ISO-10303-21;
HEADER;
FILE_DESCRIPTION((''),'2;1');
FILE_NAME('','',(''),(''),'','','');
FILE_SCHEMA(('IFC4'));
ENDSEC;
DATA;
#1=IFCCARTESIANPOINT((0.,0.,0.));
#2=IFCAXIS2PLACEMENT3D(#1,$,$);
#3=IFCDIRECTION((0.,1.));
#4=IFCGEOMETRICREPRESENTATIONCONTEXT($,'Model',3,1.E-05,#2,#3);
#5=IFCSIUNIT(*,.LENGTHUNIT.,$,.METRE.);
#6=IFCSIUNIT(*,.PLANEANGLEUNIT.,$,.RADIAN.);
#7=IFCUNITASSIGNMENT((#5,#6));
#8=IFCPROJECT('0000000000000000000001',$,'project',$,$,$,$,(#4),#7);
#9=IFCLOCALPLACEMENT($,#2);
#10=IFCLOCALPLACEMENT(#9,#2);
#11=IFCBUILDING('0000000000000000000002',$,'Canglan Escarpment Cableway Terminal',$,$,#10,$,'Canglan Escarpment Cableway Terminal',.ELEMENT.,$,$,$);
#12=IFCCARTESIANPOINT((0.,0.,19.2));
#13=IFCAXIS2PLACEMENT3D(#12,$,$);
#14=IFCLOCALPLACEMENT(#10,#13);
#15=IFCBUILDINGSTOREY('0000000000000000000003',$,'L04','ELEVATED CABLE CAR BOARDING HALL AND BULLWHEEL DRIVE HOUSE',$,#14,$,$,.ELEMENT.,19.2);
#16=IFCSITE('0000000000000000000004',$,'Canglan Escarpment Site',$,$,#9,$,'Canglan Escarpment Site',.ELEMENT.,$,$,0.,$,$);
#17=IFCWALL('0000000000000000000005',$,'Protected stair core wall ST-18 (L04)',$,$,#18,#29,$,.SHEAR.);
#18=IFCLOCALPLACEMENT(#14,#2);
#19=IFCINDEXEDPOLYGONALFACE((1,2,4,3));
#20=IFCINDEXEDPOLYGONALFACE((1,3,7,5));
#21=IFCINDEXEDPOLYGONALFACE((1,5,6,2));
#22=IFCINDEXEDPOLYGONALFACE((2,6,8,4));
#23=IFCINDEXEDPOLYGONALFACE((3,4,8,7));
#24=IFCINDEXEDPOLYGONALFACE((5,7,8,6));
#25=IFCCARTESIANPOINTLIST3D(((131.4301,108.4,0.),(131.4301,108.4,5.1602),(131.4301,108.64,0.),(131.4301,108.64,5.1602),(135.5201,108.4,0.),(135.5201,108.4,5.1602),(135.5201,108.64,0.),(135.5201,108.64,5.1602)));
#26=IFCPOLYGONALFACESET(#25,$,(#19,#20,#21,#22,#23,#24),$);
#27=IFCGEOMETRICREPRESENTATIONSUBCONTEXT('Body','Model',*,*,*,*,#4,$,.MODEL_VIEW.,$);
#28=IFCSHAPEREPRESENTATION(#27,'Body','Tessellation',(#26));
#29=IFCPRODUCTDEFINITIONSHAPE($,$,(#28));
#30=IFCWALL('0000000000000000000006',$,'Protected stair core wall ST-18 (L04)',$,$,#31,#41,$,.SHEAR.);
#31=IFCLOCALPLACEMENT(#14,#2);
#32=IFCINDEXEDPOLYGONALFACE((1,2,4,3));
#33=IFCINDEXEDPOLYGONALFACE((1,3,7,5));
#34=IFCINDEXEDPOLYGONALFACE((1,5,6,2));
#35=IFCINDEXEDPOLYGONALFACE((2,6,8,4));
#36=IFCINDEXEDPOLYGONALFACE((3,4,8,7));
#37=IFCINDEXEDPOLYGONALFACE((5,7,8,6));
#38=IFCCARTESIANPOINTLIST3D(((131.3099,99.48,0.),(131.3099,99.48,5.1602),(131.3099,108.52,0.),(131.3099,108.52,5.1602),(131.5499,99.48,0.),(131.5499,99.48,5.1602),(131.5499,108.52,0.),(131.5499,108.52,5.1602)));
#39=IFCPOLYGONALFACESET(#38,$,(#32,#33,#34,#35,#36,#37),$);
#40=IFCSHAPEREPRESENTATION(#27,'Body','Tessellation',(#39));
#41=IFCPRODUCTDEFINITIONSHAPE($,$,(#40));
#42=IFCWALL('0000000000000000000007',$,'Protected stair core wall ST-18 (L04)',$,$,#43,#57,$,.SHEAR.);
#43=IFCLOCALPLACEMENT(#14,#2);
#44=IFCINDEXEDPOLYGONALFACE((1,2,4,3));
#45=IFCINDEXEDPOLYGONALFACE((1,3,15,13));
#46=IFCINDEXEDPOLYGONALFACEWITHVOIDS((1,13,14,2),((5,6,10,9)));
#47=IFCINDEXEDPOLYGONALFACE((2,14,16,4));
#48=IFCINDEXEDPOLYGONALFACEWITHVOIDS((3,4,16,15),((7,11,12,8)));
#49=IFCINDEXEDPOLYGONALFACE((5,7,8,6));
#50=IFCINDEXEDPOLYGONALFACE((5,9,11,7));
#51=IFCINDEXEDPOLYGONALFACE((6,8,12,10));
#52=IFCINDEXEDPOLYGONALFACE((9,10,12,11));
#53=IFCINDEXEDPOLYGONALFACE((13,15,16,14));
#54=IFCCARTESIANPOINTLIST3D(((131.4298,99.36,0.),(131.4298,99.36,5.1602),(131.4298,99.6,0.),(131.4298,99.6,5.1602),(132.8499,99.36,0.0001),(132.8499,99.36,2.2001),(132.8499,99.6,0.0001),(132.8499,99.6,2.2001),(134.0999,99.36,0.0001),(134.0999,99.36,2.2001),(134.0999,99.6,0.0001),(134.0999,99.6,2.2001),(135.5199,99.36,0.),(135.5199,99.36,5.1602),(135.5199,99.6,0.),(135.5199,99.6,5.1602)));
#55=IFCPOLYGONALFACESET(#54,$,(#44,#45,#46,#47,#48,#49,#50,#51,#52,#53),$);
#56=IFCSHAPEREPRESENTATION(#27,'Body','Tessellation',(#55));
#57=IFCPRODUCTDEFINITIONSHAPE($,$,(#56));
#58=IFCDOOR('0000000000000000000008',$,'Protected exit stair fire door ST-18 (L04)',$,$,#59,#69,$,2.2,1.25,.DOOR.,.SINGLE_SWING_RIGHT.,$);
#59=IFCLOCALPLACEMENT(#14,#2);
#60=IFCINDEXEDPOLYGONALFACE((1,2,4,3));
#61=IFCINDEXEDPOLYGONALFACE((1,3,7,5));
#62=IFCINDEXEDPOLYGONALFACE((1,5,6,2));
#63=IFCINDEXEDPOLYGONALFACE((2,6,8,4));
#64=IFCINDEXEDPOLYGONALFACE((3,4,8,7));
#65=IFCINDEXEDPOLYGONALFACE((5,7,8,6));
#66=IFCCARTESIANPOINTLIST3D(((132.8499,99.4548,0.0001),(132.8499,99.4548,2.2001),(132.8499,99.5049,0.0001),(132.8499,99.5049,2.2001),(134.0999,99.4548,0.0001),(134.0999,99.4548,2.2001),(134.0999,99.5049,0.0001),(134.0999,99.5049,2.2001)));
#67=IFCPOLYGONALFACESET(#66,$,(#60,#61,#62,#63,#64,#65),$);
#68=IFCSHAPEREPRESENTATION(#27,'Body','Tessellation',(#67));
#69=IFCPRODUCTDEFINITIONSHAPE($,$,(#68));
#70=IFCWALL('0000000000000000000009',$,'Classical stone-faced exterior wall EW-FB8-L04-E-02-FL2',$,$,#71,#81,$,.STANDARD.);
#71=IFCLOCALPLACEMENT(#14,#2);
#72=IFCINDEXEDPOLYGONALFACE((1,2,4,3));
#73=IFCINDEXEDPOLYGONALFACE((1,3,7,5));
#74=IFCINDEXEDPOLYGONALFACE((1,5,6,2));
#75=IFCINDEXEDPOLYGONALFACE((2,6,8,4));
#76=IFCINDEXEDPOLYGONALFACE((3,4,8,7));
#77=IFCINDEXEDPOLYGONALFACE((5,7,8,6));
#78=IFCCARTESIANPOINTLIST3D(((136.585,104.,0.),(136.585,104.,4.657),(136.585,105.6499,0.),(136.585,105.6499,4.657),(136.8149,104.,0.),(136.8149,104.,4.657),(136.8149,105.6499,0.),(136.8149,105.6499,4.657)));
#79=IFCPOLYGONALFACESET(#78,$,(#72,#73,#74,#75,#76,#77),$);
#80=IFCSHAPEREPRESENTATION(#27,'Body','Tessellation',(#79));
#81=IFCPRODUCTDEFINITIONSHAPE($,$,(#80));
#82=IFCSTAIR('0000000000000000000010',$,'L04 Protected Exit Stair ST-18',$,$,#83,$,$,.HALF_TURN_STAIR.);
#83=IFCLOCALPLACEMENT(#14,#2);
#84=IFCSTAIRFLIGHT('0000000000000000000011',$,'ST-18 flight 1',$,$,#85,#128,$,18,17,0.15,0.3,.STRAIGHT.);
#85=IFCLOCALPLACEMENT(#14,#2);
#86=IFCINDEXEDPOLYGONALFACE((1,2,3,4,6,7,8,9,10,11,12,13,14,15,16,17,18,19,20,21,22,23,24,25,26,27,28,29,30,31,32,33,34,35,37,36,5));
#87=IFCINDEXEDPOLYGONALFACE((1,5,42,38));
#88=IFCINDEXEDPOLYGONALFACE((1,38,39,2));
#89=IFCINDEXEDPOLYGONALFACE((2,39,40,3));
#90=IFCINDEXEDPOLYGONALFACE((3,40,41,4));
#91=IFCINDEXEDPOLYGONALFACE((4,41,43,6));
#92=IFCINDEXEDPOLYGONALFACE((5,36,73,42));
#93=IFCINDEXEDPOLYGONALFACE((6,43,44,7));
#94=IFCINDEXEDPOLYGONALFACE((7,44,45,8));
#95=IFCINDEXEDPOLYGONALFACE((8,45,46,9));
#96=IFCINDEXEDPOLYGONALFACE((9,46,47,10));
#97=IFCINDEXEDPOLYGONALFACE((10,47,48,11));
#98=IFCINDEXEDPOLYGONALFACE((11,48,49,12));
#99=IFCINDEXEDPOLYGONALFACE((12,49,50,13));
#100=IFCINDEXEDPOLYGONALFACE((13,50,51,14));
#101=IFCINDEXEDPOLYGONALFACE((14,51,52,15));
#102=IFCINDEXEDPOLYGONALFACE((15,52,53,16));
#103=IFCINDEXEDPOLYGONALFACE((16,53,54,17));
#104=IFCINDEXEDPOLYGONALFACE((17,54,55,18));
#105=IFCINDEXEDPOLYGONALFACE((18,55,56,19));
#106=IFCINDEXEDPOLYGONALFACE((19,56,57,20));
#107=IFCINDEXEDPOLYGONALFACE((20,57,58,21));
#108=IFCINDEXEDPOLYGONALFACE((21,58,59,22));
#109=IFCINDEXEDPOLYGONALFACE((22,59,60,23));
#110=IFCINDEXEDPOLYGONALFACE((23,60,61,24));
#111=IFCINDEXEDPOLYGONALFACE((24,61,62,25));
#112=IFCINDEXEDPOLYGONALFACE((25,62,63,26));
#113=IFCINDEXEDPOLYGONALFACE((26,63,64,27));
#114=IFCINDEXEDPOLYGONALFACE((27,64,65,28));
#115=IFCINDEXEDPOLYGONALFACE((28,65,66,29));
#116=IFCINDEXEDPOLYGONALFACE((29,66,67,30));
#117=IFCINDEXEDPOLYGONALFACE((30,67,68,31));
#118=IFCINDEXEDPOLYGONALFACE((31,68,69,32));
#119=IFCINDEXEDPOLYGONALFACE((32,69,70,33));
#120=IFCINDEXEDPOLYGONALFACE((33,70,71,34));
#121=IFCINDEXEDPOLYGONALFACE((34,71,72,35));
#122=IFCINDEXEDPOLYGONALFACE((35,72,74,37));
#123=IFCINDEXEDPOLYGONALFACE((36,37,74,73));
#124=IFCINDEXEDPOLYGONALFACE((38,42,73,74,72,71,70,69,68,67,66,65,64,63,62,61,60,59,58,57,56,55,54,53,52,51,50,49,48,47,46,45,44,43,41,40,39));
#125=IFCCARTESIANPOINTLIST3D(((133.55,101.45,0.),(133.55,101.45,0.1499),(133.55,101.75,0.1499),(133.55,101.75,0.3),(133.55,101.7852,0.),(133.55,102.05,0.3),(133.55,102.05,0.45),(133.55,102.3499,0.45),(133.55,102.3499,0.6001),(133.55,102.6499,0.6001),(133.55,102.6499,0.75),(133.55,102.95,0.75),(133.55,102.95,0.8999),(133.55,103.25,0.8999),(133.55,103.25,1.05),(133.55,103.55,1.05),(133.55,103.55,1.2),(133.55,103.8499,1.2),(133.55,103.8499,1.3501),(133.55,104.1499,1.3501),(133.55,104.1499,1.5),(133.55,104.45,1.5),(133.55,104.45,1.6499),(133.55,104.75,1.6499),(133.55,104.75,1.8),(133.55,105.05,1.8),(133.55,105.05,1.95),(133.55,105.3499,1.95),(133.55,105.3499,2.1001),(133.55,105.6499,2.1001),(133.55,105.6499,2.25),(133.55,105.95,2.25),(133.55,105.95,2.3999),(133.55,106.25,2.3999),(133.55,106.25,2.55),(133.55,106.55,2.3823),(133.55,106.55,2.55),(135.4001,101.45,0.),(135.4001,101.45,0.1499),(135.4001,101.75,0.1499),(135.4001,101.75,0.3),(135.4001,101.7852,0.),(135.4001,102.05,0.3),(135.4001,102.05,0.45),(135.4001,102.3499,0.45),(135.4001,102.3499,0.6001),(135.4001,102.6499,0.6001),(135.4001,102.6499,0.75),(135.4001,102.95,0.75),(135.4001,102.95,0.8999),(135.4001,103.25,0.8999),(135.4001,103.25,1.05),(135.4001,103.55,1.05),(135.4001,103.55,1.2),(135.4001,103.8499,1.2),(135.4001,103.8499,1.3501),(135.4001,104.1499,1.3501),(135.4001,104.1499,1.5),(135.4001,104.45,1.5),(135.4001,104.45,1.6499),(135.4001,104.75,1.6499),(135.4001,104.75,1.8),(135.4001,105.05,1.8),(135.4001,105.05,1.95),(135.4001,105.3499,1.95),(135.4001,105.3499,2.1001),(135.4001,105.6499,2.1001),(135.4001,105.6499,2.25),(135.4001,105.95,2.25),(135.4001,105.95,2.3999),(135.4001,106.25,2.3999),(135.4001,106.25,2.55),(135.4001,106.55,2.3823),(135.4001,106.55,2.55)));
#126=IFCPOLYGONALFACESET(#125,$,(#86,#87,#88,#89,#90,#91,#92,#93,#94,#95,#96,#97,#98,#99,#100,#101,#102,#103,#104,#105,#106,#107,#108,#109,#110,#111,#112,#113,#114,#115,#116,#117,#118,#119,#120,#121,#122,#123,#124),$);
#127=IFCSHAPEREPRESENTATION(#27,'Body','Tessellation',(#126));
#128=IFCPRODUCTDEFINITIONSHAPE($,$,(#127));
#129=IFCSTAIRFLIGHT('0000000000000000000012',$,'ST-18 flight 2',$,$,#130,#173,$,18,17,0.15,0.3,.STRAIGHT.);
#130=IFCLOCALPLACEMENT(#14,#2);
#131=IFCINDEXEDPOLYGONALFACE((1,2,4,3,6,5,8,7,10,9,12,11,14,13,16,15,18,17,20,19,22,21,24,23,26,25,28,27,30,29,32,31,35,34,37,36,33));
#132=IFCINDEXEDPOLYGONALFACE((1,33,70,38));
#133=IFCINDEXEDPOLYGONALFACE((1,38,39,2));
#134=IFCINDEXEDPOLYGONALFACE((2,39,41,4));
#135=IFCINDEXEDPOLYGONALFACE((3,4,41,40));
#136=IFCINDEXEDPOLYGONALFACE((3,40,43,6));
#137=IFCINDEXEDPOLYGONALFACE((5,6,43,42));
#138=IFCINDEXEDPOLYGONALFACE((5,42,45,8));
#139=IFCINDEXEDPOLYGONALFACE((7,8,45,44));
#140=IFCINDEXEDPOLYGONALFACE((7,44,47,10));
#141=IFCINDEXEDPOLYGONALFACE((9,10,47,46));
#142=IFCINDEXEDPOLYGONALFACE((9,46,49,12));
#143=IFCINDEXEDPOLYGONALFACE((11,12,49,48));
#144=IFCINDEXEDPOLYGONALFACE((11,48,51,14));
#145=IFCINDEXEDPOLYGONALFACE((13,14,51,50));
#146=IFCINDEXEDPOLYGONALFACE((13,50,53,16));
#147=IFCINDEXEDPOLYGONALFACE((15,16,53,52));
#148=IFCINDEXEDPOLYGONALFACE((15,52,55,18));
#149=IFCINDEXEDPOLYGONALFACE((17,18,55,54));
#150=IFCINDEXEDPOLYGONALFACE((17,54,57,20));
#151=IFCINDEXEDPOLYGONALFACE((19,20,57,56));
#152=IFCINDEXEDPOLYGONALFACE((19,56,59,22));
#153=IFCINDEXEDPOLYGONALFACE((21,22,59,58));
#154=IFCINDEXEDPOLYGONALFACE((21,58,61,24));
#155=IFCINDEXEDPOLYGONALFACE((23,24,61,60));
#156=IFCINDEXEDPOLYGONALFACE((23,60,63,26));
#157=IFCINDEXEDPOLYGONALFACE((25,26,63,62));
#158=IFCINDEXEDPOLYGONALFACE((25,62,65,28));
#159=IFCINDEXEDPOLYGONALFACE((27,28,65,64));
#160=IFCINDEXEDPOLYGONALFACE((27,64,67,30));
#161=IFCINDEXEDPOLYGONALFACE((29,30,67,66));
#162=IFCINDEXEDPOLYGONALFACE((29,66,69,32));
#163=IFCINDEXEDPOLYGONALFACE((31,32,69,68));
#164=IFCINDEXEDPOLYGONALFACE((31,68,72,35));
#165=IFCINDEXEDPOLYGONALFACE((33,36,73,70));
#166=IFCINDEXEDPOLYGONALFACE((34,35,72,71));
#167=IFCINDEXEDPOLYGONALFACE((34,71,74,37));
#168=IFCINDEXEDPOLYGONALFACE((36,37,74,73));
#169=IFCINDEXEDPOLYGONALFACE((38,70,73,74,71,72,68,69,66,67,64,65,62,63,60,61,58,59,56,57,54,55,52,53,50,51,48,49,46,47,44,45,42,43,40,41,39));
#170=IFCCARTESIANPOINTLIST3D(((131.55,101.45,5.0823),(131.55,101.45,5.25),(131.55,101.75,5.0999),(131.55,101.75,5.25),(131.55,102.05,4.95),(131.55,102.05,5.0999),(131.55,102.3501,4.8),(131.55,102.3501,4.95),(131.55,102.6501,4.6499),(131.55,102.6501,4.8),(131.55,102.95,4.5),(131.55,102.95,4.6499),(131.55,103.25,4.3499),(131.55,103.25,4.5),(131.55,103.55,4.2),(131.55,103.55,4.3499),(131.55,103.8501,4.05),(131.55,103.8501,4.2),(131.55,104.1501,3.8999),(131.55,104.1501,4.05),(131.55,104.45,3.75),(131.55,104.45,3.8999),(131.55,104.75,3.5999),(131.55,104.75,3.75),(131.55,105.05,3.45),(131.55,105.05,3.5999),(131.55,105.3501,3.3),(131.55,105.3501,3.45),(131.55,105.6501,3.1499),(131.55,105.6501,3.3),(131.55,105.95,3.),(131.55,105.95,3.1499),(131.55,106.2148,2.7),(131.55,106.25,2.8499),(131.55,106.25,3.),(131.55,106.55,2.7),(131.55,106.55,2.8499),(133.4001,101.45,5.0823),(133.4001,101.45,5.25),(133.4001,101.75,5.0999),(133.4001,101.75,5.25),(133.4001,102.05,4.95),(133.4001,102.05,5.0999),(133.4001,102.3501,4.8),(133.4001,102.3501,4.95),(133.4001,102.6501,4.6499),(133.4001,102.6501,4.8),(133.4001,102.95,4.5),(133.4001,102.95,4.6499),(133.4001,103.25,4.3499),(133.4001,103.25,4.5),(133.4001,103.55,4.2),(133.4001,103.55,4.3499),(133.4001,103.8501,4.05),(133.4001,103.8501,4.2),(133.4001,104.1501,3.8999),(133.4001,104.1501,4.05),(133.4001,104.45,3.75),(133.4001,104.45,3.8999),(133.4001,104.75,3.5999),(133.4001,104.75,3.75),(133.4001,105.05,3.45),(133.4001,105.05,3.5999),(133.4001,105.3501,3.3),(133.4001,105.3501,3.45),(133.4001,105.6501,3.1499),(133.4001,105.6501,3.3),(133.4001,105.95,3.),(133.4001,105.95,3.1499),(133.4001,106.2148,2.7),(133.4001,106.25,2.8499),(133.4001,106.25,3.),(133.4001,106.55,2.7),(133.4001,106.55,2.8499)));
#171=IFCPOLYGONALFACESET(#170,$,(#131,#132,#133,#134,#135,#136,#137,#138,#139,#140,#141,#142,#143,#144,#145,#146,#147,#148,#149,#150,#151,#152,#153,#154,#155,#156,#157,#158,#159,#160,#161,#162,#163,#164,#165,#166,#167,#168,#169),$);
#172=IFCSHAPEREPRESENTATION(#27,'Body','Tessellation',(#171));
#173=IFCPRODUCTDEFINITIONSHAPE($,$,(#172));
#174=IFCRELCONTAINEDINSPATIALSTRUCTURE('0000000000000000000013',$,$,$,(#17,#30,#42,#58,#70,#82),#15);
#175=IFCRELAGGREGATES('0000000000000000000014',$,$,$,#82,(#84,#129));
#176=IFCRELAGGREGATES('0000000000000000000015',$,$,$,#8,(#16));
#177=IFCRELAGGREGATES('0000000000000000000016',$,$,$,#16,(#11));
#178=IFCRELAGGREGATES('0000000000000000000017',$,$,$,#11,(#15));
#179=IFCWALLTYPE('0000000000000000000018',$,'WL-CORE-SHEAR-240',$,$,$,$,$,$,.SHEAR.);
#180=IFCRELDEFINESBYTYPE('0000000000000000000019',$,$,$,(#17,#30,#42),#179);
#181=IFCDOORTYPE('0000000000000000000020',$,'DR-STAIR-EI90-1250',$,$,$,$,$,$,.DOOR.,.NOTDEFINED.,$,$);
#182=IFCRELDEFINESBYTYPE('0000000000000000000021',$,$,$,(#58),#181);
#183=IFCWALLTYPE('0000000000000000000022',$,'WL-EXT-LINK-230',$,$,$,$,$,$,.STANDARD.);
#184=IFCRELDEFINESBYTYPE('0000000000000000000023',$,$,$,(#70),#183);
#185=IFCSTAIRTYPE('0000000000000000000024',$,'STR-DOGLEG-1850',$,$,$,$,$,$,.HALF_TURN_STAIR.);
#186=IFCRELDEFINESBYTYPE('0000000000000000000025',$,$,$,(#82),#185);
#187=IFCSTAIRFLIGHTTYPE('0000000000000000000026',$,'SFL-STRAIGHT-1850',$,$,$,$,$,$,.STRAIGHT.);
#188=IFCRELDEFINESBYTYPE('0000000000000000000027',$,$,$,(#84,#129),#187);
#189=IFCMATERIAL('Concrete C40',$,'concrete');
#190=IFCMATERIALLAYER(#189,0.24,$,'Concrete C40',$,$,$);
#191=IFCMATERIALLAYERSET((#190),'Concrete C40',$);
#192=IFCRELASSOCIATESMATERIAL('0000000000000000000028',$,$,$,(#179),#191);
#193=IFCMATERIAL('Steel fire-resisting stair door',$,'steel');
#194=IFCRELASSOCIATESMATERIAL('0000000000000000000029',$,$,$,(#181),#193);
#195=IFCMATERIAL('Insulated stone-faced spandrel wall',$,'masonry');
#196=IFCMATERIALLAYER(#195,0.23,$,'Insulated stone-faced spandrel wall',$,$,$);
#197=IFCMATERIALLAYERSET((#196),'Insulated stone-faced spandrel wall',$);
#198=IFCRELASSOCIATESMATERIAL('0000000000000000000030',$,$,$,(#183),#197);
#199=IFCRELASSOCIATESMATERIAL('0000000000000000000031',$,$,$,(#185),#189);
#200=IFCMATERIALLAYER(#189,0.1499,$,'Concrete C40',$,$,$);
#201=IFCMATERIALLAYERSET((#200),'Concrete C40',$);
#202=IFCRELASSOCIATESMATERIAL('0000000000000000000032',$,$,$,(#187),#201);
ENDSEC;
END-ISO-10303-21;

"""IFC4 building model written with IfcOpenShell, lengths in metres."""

from ifc_helpers import new_model, si_unit, direction, frame, frame_2d, origin, place, context, subcontext, project, spatial, polyline, rectangle, outline, extrude, material, layer, layer_set, type_object, element, fill, aggregate, save


model = new_model("IFC4")

# Units and contexts
model_context = context("Model", 3, precision=1e-05, world=origin(), true_north=direction((0.0, 1.0)))
body_context = subcontext(model_context, "Body", "Model", "MODEL_VIEW")
ifc_project = project(units=[si_unit("LENGTHUNIT", "METRE"), si_unit("PLANEANGLEUNIT", "RADIAN")], contexts=[model_context])

# Site, building, storey
site_placement = place(None, origin())
site = spatial("IfcSite", under=ifc_project, at=site_placement, Name="Canglan Escarpment Site", LongName="Canglan Escarpment Site", CompositionType="ELEMENT", RefElevation=0.0)
building_placement = place(site_placement, origin())
building = spatial("IfcBuilding", under=site, at=building_placement, Name="Canglan Escarpment Cableway Terminal", LongName="Canglan Escarpment Cableway Terminal", CompositionType="ELEMENT")
storey_placement = place(building_placement, frame((0.0, 0.0, 19.2)))
storey = spatial("IfcBuildingStorey", under=building, at=storey_placement, Name="L04", Description="ELEVATED CABLE CAR BOARDING HALL AND BULLWHEEL DRIVE HOUSE", CompositionType="ELEMENT", Elevation=19.2)

# Shared definitions
ifc_material_1 = material(Name="Concrete C40", Category="concrete")

# Walls
ifc_layer_1 = layer(ifc_material_1, 0.24, Name="Concrete C40")
ifc_layer_set_1 = layer_set([ifc_layer_1], Name="Concrete C40")
wall_type_1 = type_object("IfcWallType", Name="WL-CORE-SHEAR-240", PredefinedType="SHEAR", material=ifc_layer_set_1)
wall_1_placement = place(storey_placement, frame((135.52, 108.52, 0.0), z_axis=(0.0, 0.0, 1.0), x_axis=(-1.0, 0.0, 0.0)))
element("IfcWall", 1, at=wall_1_placement, inside=storey, type_object=wall_type_1, Name="Protected stair core wall ST-18 (L04)", PredefinedType="SHEAR", context=body_context, shape_type="SweptSolid", body=[
    extrude(rectangle(XDim=4.0901, YDim=0.24, at=frame_2d((2.0449, 0.0))), origin(), (0.0, 0.0, 1.0), 5.1602),
])
wall_2_placement = place(storey_placement, frame((131.4299, 108.52, 0.0), z_axis=(0.0, 0.0, 1.0), x_axis=(0.0, -1.0, 0.0)))
element("IfcWall", 2, at=wall_2_placement, inside=storey, type_object=wall_type_1, Name="Protected stair core wall ST-18 (L04)", PredefinedType="SHEAR", context=body_context, shape_type="SweptSolid", body=[
    extrude(rectangle(XDim=9.04, YDim=0.24, at=frame_2d((4.52, 0.0))), origin(), (0.0, 0.0, 1.0), 5.1602),
])

# Wall, opening, door
wall_3_placement = place(storey_placement, frame((131.4299, 99.48, 0.0), z_axis=(0.0, 0.0, 1.0), x_axis=(1.0, 0.0, 0.0)))
wall_3 = element("IfcWall", 3, at=wall_3_placement, inside=storey, type_object=wall_type_1, Name="Protected stair core wall ST-18 (L04)", PredefinedType="SHEAR", context=body_context, shape_type="SweptSolid", body=[
    extrude(rectangle(XDim=4.0901, YDim=0.24, at=frame_2d((2.0449, 0.0))), origin(), (0.0, 0.0, 1.0), 5.1602),
])
opening_placement = place(wall_3_placement, frame((1.4199, 0.0, 0.0)))
opening = element("IfcOpeningElement", 4, at=opening_placement, cuts=wall_3, PredefinedType="OPENING", context=body_context, shape_type="SweptSolid", body=[
    extrude(rectangle(XDim=1.25, YDim=2.2, at=frame_2d((0.625, 1.1001))), frame((0.0, 0.1299, 0.0), z_axis=(0.0, -1.0, 0.0), x_axis=(1.0, 0.0, 0.0)), (0.0, 0.0, 1.0), 0.26),
])
ifc_material_2 = material(Name="Steel fire-resisting stair door", Category="steel")
door_type = type_object("IfcDoorType", Name="DR-STAIR-EI90-1250", OperationType="NOTDEFINED", PredefinedType="DOOR", material=ifc_material_2)
door_placement = place(opening_placement, origin())
door = element("IfcDoor", 5, at=door_placement, inside=storey, type_object=door_type, Name="Protected exit stair fire door ST-18 (L04)", OperationType="SINGLE_SWING_RIGHT", OverallHeight=2.2, OverallWidth=1.25, PredefinedType="DOOR", context=body_context, shape_type="SweptSolid", body=[
    extrude(rectangle(XDim=1.25, YDim=2.2, at=frame_2d((0.625, 1.1001))), frame((0.0, 0.0249, 0.0), z_axis=(0.0, -1.0, 0.0), x_axis=(1.0, 0.0, 0.0)), (0.0, 0.0, 1.0), 0.05),
])
fill(opening, door)

# Wall
ifc_material_3 = material(Name="Insulated stone-faced spandrel wall", Category="masonry")
ifc_layer_2 = layer(ifc_material_3, 0.23, Name="Insulated stone-faced spandrel wall")
ifc_layer_set_2 = layer_set([ifc_layer_2], Name="Insulated stone-faced spandrel wall")
wall_type_2 = type_object("IfcWallType", Name="WL-EXT-LINK-230", PredefinedType="STANDARD", material=ifc_layer_set_2)
wall_4_placement = place(storey_placement, frame((136.7, 104.0, 0.0), z_axis=(0.0, 0.0, 1.0), x_axis=(0.0, 1.0, 0.0)))
element("IfcWall", 6, at=wall_4_placement, inside=storey, type_object=wall_type_2, Name="Classical stone-faced exterior wall EW-FB8-L04-E-02-FL2", PredefinedType="STANDARD", context=body_context, shape_type="SweptSolid", body=[
    extrude(rectangle(XDim=1.6499, YDim=0.23, at=frame_2d((0.825, 0.0))), origin(), (0.0, 0.0, 1.0), 4.657),
])

# Stair, stair flights
stair_type = type_object("IfcStairType", Name="STR-DOGLEG-1850", PredefinedType="HALF_TURN_STAIR", material=ifc_material_1)
stair_placement = place(storey_placement, origin())
stair = element("IfcStair", 7, at=stair_placement, inside=storey, type_object=stair_type, Name="L04 Protected Exit Stair ST-18", PredefinedType="HALF_TURN_STAIR")
ifc_layer_3 = layer(ifc_material_1, 0.1499, Name="Concrete C40")
ifc_layer_set_3 = layer_set([ifc_layer_3], Name="Concrete C40")
stair_flight_type = type_object("IfcStairFlightType", Name="SFL-STRAIGHT-1850", PredefinedType="STRAIGHT", material=ifc_layer_set_3)
stair_flight_1_placement = place(storey_placement, frame((134.4751, 101.45, 0.0), z_axis=(0.0, 0.0, 1.0), x_axis=(0.0, 1.0, 0.0)))
stair_flight_1 = element("IfcStairFlight", 8, at=stair_flight_1_placement, type_object=stair_flight_type, Name="ST-18 flight 1", NumberOfRisers=18, NumberOfTreads=17, PredefinedType="STRAIGHT", RiserHeight=0.15, TreadLength=0.3, context=body_context, shape_type="SweptSolid", body=[
    extrude(outline(polyline([(0.0, 0.0), (0.0, 0.1499), (0.3, 0.1499), (0.3, 0.3), (0.6001, 0.3), (0.6001, 0.45), (0.8999, 0.45), (0.8999, 0.6001), (1.2, 0.6001), (1.2, 0.75), (1.5, 0.75), (1.5, 0.8999), (1.8, 0.8999), (1.8, 1.05), (2.1001, 1.05), (2.1001, 1.2), (2.3999, 1.2), (2.3999, 1.3501), (2.7, 1.3501), (2.7, 1.5), (3.0, 1.5), (3.0, 1.6499), (3.3, 1.6499), (3.3, 1.8), (3.6001, 1.8), (3.6001, 1.95), (3.8999, 1.95), (3.8999, 2.1001), (4.2, 2.1001), (4.2, 2.25), (4.5, 2.25), (4.5, 2.3999), (4.8, 2.3999), (4.8, 2.55), (5.1001, 2.55), (5.1001, 2.7), (5.1001, 2.3823), (0.3352, 0.0), (0.0, 0.0)])), frame((0.0, 0.925, 0.0), z_axis=(0.0, -1.0, 0.0), x_axis=(1.0, 0.0, 0.0)), (0.0, 0.0, 1.0), 1.8501),
])
stair_flight_2_placement = place(storey_placement, frame((132.4751, 106.55, 2.7), z_axis=(0.0, 0.0, 1.0), x_axis=(0.0, -1.0, 0.0)))
stair_flight_2 = element("IfcStairFlight", 9, at=stair_flight_2_placement, type_object=stair_flight_type, Name="ST-18 flight 2", NumberOfRisers=18, NumberOfTreads=17, PredefinedType="STRAIGHT", RiserHeight=0.15, TreadLength=0.3, context=body_context, shape_type="SweptSolid", body=[
    extrude(outline(polyline([(0.0, 0.0), (0.0, 0.1499), (0.3, 0.1499), (0.3, 0.3), (0.6001, 0.3), (0.6001, 0.45), (0.8999, 0.45), (0.8999, 0.6001), (1.2, 0.6001), (1.2, 0.75), (1.5, 0.75), (1.5, 0.8999), (1.8, 0.8999), (1.8, 1.05), (2.1001, 1.05), (2.1001, 1.2), (2.3999, 1.2), (2.3999, 1.3501), (2.7, 1.3501), (2.7, 1.5), (3.0, 1.5), (3.0, 1.6499), (3.3, 1.6499), (3.3, 1.8), (3.6001, 1.8), (3.6001, 1.95), (3.8999, 1.95), (3.8999, 2.1001), (4.2, 2.1001), (4.2, 2.25), (4.5, 2.25), (4.5, 2.3999), (4.8, 2.3999), (4.8, 2.55), (5.1001, 2.55), (5.1001, 2.7), (5.1001, 2.3823), (0.3352, 0.0), (0.0, 0.0)])), frame((0.0, 0.925, 0.0), z_axis=(0.0, -1.0, 0.0), x_axis=(1.0, 0.0, 0.0)), (0.0, 0.0, 1.0), 1.8501),
])
aggregate(stair, [stair_flight_1, stair_flight_2])

save(model, "model.ifc")
